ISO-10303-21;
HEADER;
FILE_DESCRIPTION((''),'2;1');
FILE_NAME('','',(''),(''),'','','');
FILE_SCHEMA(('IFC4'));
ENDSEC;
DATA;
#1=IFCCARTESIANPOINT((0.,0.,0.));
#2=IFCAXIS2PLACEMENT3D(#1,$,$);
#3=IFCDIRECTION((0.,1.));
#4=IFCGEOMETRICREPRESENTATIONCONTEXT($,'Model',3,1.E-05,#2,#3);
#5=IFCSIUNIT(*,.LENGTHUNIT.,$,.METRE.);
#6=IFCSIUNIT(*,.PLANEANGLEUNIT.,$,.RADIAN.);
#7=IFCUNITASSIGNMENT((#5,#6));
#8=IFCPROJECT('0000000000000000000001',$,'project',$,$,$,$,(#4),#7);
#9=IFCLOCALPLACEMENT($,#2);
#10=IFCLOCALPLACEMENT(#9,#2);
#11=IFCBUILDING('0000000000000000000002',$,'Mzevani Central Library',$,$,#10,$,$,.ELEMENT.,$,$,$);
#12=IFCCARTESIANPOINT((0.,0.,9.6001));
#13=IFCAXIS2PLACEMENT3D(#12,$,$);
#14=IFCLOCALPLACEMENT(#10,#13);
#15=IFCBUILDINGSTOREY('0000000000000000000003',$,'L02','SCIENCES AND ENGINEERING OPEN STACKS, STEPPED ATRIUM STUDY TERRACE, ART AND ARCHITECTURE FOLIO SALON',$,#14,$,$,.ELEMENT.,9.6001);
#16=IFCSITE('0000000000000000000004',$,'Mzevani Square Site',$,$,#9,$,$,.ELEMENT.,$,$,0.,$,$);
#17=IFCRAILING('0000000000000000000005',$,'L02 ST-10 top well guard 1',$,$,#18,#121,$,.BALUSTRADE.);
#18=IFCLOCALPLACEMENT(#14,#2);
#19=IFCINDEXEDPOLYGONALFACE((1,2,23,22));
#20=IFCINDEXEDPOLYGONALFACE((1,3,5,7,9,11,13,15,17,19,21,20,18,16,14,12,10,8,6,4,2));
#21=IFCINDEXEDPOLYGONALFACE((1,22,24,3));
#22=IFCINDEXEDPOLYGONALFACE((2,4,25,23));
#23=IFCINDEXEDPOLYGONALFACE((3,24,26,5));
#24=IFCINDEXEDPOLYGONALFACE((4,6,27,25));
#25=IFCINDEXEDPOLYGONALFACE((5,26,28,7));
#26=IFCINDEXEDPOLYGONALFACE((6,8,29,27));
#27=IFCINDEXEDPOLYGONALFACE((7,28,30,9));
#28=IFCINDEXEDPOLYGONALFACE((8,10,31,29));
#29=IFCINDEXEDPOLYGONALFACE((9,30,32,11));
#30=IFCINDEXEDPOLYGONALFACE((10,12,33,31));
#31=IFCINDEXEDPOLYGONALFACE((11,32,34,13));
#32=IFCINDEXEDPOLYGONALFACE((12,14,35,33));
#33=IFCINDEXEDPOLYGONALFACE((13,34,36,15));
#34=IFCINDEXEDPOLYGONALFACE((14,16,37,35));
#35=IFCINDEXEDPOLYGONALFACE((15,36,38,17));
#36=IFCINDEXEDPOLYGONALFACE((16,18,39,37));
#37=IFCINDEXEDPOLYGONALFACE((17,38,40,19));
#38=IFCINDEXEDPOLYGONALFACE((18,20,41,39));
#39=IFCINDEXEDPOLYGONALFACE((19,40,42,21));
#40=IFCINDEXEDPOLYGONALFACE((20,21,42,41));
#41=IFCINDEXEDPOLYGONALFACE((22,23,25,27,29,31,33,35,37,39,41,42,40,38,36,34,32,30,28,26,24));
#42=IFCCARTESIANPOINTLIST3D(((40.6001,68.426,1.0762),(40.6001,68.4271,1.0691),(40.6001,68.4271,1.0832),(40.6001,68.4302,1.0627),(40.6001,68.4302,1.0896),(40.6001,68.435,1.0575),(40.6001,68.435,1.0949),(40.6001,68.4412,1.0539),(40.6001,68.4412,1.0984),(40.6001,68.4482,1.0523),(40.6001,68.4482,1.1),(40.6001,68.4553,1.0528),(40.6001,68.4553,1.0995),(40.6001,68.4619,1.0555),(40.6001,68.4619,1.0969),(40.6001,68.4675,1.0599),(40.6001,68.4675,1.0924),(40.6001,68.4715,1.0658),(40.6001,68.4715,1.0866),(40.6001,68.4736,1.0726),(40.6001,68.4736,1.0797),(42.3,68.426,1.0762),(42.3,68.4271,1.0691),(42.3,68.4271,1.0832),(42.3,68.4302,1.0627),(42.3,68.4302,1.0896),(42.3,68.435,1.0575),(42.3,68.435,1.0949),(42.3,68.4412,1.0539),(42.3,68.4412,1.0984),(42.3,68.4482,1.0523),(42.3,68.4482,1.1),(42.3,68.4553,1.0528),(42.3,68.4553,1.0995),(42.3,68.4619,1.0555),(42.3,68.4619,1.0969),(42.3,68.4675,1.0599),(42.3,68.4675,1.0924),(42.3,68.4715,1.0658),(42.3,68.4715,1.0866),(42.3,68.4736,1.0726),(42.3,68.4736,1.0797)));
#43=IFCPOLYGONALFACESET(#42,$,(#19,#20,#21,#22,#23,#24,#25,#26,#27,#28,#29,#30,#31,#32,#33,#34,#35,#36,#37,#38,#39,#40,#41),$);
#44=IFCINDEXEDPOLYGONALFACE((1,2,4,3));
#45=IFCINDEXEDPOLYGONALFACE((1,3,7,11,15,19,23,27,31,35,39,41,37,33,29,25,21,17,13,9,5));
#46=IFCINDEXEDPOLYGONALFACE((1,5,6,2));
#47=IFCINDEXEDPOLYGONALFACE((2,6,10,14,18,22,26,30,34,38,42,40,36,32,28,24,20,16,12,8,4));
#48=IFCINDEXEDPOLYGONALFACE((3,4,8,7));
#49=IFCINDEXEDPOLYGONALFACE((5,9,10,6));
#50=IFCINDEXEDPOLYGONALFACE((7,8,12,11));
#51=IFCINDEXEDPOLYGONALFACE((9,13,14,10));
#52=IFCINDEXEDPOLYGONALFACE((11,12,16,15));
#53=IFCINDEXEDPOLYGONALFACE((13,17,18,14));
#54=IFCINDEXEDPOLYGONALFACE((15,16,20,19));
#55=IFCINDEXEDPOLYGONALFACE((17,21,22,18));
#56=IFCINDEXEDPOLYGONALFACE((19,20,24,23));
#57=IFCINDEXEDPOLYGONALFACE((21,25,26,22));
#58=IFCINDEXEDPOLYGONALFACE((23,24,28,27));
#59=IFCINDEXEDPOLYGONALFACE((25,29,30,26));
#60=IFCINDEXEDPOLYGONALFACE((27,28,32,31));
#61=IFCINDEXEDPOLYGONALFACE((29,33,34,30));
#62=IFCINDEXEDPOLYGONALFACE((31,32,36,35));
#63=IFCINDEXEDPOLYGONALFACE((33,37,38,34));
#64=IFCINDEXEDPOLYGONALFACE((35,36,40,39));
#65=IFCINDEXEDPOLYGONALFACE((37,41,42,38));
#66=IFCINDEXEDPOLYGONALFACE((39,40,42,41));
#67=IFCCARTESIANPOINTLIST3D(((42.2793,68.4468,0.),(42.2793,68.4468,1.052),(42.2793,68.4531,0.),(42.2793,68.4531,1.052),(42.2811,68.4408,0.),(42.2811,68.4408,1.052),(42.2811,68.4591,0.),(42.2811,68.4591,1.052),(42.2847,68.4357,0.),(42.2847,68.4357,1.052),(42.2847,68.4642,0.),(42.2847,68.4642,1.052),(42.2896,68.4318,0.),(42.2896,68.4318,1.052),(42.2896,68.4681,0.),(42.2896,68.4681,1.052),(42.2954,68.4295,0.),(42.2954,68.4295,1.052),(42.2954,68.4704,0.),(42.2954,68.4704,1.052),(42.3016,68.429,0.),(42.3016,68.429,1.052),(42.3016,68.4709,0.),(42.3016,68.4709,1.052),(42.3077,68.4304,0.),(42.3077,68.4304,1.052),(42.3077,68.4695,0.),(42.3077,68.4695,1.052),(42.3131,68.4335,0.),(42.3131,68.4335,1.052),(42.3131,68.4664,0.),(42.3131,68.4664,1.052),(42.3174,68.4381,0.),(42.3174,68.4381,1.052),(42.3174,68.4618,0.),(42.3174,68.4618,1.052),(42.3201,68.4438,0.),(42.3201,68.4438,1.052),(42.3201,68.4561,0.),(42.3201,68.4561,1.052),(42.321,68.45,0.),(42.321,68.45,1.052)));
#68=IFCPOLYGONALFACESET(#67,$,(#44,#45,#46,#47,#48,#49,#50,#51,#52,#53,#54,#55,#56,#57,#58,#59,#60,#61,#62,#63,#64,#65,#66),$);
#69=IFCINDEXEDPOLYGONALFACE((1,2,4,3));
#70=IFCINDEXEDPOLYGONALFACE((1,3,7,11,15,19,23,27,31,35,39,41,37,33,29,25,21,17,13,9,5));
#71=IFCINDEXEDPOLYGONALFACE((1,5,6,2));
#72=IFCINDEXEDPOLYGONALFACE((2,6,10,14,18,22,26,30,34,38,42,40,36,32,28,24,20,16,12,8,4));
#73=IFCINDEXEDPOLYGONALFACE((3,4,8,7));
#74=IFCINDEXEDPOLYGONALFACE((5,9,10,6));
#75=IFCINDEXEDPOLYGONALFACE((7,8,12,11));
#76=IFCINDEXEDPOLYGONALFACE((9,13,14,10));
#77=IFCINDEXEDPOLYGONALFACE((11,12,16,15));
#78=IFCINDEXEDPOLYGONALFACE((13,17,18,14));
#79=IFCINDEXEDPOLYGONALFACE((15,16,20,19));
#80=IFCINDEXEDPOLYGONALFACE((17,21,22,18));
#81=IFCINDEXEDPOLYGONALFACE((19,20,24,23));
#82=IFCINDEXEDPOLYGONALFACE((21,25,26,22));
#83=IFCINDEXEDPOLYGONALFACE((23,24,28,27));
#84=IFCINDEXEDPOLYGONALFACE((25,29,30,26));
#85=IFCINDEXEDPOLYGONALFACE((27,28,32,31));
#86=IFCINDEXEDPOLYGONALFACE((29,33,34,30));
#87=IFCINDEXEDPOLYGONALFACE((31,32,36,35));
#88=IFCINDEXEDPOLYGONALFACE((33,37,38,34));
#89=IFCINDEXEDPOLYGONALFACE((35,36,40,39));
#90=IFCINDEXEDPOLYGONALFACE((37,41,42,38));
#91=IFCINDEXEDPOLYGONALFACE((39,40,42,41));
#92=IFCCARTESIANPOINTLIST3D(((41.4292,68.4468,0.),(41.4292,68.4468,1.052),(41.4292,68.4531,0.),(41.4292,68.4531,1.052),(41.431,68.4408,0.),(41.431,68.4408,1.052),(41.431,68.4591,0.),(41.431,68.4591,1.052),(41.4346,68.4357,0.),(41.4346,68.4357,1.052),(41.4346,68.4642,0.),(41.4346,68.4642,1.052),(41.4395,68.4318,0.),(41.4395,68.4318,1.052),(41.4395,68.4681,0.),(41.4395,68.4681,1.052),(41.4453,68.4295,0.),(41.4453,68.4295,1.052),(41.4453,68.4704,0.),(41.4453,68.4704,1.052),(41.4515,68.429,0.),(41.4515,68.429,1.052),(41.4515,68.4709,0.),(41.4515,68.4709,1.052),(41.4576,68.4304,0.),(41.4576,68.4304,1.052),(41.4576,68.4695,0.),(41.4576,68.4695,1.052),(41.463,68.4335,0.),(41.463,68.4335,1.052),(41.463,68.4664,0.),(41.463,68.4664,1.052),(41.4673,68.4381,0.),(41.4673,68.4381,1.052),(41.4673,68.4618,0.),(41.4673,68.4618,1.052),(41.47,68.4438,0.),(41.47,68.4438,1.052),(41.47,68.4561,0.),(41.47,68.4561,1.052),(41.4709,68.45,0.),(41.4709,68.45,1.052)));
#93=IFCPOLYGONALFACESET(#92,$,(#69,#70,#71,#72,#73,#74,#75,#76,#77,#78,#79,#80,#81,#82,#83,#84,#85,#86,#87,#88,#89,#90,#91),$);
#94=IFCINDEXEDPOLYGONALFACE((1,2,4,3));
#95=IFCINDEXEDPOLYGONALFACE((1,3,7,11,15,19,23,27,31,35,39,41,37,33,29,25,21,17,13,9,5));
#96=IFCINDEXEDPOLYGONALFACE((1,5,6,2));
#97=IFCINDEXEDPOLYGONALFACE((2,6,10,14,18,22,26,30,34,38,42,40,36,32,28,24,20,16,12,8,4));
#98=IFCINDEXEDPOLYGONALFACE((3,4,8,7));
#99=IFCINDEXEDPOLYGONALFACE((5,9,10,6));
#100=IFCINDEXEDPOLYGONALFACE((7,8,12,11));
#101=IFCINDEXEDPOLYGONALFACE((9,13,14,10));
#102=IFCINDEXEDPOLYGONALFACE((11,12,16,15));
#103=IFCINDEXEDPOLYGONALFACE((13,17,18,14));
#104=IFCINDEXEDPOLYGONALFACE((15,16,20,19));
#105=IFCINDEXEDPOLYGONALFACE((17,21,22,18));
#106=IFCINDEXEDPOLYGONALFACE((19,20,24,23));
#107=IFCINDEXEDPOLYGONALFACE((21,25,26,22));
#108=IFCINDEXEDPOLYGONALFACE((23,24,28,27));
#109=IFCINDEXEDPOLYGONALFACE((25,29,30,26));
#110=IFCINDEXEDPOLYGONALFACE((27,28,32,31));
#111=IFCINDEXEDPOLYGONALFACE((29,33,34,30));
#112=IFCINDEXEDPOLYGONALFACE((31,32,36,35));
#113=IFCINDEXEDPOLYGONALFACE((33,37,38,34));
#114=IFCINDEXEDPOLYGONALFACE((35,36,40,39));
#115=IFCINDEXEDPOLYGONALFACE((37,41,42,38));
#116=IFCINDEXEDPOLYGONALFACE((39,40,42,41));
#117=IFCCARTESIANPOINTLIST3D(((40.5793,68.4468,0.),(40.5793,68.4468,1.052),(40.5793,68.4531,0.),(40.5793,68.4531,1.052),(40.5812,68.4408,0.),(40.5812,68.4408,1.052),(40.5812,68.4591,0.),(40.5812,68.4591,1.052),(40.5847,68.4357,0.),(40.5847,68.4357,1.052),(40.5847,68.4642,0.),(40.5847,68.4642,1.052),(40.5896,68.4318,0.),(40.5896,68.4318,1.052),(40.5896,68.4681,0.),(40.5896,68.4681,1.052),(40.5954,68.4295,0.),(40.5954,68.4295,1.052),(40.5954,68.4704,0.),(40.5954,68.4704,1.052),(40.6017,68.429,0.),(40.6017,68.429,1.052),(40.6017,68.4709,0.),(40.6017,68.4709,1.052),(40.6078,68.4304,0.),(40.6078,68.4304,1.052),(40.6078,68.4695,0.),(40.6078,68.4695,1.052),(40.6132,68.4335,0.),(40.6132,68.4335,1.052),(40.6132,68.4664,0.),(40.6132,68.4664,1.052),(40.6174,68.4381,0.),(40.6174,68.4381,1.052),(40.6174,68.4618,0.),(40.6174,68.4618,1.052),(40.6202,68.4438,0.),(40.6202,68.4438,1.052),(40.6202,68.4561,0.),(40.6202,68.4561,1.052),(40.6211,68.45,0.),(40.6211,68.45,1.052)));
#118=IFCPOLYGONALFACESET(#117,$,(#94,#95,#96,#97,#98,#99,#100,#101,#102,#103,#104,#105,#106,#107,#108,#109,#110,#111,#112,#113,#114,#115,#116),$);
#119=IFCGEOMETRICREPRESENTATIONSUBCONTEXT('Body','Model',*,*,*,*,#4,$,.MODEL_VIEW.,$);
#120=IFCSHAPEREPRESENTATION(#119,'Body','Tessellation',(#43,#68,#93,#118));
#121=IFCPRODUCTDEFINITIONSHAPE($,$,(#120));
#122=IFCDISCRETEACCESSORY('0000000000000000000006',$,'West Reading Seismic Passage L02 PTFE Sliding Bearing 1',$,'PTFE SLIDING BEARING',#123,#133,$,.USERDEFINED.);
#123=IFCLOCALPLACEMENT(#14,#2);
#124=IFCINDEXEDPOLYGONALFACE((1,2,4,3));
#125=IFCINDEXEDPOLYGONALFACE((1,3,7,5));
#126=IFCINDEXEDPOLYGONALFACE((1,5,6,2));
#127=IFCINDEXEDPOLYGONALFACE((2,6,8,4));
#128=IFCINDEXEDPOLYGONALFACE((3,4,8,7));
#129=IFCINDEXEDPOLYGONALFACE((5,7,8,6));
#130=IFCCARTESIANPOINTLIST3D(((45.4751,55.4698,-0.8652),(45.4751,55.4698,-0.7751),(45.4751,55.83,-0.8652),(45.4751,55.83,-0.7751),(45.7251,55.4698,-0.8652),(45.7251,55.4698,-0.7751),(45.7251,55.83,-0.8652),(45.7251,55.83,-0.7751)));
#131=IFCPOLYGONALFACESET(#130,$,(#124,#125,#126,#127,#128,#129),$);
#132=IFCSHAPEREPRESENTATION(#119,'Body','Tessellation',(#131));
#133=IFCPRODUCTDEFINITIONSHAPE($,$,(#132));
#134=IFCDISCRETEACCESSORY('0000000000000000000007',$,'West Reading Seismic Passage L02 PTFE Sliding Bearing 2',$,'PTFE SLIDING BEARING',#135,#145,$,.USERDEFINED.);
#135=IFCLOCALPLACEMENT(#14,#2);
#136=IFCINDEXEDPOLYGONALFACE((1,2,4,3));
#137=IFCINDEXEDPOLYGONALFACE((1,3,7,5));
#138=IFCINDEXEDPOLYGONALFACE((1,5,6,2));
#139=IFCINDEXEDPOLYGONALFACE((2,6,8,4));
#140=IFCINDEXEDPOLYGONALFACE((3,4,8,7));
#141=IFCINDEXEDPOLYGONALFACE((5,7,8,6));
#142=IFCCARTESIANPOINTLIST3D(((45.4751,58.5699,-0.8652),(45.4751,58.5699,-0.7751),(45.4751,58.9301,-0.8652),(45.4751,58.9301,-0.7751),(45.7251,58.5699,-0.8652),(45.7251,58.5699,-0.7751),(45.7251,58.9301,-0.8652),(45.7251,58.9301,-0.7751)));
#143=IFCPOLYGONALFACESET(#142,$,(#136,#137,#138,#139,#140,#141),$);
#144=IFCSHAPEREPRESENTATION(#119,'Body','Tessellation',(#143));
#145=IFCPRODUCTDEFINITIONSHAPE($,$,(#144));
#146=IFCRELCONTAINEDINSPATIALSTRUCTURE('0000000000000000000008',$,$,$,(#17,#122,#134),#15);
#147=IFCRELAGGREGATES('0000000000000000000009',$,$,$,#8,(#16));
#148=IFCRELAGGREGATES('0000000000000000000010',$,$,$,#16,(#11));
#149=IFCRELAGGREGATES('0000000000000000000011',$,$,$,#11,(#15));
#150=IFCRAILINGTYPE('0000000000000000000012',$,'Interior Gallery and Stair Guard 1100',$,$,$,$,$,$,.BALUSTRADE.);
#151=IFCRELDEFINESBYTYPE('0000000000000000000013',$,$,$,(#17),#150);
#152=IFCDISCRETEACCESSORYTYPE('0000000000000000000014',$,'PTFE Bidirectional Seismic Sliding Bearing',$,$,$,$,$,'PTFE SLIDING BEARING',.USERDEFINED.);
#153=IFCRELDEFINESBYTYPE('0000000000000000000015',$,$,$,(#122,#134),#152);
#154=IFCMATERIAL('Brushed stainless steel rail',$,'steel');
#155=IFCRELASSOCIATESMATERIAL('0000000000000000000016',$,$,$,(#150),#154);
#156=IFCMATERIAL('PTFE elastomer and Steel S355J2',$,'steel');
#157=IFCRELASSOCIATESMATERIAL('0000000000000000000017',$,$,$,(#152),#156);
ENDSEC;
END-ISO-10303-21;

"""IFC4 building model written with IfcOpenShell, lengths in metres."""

from ifc_helpers import new_model, si_unit, direction, frame, origin, origin_2d, place, context, subcontext, project, spatial, rectangle, circle, extrude, material, type_object, element, save


model = new_model("IFC4")

# Units and contexts
model_context = context("Model", 3, precision=1e-05, world=origin(), true_north=direction((0.0, 1.0)))
body_context = subcontext(model_context, "Body", "Model", "MODEL_VIEW")
ifc_project = project(units=[si_unit("LENGTHUNIT", "METRE"), si_unit("PLANEANGLEUNIT", "RADIAN")], contexts=[model_context])

# Site, building, storey
site_placement = place(None, origin())
site = spatial("IfcSite", under=ifc_project, at=site_placement, Name="Mzevani Square Site", CompositionType="ELEMENT", RefElevation=0.0)
building_placement = place(site_placement, origin())
building = spatial("IfcBuilding", under=site, at=building_placement, Name="Mzevani Central Library", CompositionType="ELEMENT")
storey_placement = place(building_placement, frame((0.0, 0.0, 9.6001)))
storey = spatial("IfcBuildingStorey", under=building, at=storey_placement, Name="L02", Description="SCIENCES AND ENGINEERING OPEN STACKS, STEPPED ATRIUM STUDY TERRACE, ART AND ARCHITECTURE FOLIO SALON", CompositionType="ELEMENT", Elevation=9.6001)

# Railing
ifc_material_1 = material(Name="Brushed stainless steel rail", Category="steel")
railing_type = type_object("IfcRailingType", Name="Interior Gallery and Stair Guard 1100", PredefinedType="BALUSTRADE", material=ifc_material_1)
railing_placement = place(storey_placement, frame((42.3, 68.45, 0.0)))
element("IfcRailing", 1, at=railing_placement, inside=storey, type_object=railing_type, Name="L02 ST-10 top well guard 1", PredefinedType="BALUSTRADE", context=body_context, shape_type="SweptSolid", body=[
    extrude(circle(Radius=0.0239, at=origin_2d()), frame((0.0, 0.0, 1.0762), z_axis=(-1.0, 0.0, 0.0), x_axis=(0.0, -1.0, 0.0)), (0.0, 0.0, 1.0), 1.7),
    extrude(circle(Radius=0.021, at=origin_2d()), origin(), (0.0, 0.0, 1.0), 1.052),
    extrude(circle(Radius=0.021, at=origin_2d()), frame((-0.8501, 0.0, 0.0)), (0.0, 0.0, 1.0), 1.052),
    extrude(circle(Radius=0.021, at=origin_2d()), frame((-1.7, 0.0, 0.0)), (0.0, 0.0, 1.0), 1.052),
])

# Discrete accessories
ifc_material_2 = material(Name="PTFE elastomer and Steel S355J2", Category="steel")
discrete_accessory_type = type_object("IfcDiscreteAccessoryType", Name="PTFE Bidirectional Seismic Sliding Bearing", ElementType="PTFE SLIDING BEARING", PredefinedType="USERDEFINED", material=ifc_material_2)
for number, where, z_axis, x_axis, name in (
    (2, (45.6001, 55.6499, -0.8652), (0.0, 0.0, 1.0), (1.0, 0.0, 0.0), "West Reading Seismic Passage L02 PTFE Sliding Bearing 1"),
    (3, (45.6001, 58.75, -0.8652), (0.0, 0.0, 1.0), (1.0, 0.0, 0.0), "West Reading Seismic Passage L02 PTFE Sliding Bearing 2"),
):
    element("IfcDiscreteAccessory", number, at=place(storey_placement, frame(where, z_axis=z_axis, x_axis=x_axis)), inside=storey, type_object=discrete_accessory_type, Name=name, ObjectType="PTFE SLIDING BEARING", PredefinedType="USERDEFINED", context=body_context, shape_type="SweptSolid", body=[
        extrude(rectangle(XDim=0.25, YDim=0.3601, at=origin_2d()), origin(), (0.0, 0.0, 1.0), 0.0901),
    ])

save(model, "model.ifc")
